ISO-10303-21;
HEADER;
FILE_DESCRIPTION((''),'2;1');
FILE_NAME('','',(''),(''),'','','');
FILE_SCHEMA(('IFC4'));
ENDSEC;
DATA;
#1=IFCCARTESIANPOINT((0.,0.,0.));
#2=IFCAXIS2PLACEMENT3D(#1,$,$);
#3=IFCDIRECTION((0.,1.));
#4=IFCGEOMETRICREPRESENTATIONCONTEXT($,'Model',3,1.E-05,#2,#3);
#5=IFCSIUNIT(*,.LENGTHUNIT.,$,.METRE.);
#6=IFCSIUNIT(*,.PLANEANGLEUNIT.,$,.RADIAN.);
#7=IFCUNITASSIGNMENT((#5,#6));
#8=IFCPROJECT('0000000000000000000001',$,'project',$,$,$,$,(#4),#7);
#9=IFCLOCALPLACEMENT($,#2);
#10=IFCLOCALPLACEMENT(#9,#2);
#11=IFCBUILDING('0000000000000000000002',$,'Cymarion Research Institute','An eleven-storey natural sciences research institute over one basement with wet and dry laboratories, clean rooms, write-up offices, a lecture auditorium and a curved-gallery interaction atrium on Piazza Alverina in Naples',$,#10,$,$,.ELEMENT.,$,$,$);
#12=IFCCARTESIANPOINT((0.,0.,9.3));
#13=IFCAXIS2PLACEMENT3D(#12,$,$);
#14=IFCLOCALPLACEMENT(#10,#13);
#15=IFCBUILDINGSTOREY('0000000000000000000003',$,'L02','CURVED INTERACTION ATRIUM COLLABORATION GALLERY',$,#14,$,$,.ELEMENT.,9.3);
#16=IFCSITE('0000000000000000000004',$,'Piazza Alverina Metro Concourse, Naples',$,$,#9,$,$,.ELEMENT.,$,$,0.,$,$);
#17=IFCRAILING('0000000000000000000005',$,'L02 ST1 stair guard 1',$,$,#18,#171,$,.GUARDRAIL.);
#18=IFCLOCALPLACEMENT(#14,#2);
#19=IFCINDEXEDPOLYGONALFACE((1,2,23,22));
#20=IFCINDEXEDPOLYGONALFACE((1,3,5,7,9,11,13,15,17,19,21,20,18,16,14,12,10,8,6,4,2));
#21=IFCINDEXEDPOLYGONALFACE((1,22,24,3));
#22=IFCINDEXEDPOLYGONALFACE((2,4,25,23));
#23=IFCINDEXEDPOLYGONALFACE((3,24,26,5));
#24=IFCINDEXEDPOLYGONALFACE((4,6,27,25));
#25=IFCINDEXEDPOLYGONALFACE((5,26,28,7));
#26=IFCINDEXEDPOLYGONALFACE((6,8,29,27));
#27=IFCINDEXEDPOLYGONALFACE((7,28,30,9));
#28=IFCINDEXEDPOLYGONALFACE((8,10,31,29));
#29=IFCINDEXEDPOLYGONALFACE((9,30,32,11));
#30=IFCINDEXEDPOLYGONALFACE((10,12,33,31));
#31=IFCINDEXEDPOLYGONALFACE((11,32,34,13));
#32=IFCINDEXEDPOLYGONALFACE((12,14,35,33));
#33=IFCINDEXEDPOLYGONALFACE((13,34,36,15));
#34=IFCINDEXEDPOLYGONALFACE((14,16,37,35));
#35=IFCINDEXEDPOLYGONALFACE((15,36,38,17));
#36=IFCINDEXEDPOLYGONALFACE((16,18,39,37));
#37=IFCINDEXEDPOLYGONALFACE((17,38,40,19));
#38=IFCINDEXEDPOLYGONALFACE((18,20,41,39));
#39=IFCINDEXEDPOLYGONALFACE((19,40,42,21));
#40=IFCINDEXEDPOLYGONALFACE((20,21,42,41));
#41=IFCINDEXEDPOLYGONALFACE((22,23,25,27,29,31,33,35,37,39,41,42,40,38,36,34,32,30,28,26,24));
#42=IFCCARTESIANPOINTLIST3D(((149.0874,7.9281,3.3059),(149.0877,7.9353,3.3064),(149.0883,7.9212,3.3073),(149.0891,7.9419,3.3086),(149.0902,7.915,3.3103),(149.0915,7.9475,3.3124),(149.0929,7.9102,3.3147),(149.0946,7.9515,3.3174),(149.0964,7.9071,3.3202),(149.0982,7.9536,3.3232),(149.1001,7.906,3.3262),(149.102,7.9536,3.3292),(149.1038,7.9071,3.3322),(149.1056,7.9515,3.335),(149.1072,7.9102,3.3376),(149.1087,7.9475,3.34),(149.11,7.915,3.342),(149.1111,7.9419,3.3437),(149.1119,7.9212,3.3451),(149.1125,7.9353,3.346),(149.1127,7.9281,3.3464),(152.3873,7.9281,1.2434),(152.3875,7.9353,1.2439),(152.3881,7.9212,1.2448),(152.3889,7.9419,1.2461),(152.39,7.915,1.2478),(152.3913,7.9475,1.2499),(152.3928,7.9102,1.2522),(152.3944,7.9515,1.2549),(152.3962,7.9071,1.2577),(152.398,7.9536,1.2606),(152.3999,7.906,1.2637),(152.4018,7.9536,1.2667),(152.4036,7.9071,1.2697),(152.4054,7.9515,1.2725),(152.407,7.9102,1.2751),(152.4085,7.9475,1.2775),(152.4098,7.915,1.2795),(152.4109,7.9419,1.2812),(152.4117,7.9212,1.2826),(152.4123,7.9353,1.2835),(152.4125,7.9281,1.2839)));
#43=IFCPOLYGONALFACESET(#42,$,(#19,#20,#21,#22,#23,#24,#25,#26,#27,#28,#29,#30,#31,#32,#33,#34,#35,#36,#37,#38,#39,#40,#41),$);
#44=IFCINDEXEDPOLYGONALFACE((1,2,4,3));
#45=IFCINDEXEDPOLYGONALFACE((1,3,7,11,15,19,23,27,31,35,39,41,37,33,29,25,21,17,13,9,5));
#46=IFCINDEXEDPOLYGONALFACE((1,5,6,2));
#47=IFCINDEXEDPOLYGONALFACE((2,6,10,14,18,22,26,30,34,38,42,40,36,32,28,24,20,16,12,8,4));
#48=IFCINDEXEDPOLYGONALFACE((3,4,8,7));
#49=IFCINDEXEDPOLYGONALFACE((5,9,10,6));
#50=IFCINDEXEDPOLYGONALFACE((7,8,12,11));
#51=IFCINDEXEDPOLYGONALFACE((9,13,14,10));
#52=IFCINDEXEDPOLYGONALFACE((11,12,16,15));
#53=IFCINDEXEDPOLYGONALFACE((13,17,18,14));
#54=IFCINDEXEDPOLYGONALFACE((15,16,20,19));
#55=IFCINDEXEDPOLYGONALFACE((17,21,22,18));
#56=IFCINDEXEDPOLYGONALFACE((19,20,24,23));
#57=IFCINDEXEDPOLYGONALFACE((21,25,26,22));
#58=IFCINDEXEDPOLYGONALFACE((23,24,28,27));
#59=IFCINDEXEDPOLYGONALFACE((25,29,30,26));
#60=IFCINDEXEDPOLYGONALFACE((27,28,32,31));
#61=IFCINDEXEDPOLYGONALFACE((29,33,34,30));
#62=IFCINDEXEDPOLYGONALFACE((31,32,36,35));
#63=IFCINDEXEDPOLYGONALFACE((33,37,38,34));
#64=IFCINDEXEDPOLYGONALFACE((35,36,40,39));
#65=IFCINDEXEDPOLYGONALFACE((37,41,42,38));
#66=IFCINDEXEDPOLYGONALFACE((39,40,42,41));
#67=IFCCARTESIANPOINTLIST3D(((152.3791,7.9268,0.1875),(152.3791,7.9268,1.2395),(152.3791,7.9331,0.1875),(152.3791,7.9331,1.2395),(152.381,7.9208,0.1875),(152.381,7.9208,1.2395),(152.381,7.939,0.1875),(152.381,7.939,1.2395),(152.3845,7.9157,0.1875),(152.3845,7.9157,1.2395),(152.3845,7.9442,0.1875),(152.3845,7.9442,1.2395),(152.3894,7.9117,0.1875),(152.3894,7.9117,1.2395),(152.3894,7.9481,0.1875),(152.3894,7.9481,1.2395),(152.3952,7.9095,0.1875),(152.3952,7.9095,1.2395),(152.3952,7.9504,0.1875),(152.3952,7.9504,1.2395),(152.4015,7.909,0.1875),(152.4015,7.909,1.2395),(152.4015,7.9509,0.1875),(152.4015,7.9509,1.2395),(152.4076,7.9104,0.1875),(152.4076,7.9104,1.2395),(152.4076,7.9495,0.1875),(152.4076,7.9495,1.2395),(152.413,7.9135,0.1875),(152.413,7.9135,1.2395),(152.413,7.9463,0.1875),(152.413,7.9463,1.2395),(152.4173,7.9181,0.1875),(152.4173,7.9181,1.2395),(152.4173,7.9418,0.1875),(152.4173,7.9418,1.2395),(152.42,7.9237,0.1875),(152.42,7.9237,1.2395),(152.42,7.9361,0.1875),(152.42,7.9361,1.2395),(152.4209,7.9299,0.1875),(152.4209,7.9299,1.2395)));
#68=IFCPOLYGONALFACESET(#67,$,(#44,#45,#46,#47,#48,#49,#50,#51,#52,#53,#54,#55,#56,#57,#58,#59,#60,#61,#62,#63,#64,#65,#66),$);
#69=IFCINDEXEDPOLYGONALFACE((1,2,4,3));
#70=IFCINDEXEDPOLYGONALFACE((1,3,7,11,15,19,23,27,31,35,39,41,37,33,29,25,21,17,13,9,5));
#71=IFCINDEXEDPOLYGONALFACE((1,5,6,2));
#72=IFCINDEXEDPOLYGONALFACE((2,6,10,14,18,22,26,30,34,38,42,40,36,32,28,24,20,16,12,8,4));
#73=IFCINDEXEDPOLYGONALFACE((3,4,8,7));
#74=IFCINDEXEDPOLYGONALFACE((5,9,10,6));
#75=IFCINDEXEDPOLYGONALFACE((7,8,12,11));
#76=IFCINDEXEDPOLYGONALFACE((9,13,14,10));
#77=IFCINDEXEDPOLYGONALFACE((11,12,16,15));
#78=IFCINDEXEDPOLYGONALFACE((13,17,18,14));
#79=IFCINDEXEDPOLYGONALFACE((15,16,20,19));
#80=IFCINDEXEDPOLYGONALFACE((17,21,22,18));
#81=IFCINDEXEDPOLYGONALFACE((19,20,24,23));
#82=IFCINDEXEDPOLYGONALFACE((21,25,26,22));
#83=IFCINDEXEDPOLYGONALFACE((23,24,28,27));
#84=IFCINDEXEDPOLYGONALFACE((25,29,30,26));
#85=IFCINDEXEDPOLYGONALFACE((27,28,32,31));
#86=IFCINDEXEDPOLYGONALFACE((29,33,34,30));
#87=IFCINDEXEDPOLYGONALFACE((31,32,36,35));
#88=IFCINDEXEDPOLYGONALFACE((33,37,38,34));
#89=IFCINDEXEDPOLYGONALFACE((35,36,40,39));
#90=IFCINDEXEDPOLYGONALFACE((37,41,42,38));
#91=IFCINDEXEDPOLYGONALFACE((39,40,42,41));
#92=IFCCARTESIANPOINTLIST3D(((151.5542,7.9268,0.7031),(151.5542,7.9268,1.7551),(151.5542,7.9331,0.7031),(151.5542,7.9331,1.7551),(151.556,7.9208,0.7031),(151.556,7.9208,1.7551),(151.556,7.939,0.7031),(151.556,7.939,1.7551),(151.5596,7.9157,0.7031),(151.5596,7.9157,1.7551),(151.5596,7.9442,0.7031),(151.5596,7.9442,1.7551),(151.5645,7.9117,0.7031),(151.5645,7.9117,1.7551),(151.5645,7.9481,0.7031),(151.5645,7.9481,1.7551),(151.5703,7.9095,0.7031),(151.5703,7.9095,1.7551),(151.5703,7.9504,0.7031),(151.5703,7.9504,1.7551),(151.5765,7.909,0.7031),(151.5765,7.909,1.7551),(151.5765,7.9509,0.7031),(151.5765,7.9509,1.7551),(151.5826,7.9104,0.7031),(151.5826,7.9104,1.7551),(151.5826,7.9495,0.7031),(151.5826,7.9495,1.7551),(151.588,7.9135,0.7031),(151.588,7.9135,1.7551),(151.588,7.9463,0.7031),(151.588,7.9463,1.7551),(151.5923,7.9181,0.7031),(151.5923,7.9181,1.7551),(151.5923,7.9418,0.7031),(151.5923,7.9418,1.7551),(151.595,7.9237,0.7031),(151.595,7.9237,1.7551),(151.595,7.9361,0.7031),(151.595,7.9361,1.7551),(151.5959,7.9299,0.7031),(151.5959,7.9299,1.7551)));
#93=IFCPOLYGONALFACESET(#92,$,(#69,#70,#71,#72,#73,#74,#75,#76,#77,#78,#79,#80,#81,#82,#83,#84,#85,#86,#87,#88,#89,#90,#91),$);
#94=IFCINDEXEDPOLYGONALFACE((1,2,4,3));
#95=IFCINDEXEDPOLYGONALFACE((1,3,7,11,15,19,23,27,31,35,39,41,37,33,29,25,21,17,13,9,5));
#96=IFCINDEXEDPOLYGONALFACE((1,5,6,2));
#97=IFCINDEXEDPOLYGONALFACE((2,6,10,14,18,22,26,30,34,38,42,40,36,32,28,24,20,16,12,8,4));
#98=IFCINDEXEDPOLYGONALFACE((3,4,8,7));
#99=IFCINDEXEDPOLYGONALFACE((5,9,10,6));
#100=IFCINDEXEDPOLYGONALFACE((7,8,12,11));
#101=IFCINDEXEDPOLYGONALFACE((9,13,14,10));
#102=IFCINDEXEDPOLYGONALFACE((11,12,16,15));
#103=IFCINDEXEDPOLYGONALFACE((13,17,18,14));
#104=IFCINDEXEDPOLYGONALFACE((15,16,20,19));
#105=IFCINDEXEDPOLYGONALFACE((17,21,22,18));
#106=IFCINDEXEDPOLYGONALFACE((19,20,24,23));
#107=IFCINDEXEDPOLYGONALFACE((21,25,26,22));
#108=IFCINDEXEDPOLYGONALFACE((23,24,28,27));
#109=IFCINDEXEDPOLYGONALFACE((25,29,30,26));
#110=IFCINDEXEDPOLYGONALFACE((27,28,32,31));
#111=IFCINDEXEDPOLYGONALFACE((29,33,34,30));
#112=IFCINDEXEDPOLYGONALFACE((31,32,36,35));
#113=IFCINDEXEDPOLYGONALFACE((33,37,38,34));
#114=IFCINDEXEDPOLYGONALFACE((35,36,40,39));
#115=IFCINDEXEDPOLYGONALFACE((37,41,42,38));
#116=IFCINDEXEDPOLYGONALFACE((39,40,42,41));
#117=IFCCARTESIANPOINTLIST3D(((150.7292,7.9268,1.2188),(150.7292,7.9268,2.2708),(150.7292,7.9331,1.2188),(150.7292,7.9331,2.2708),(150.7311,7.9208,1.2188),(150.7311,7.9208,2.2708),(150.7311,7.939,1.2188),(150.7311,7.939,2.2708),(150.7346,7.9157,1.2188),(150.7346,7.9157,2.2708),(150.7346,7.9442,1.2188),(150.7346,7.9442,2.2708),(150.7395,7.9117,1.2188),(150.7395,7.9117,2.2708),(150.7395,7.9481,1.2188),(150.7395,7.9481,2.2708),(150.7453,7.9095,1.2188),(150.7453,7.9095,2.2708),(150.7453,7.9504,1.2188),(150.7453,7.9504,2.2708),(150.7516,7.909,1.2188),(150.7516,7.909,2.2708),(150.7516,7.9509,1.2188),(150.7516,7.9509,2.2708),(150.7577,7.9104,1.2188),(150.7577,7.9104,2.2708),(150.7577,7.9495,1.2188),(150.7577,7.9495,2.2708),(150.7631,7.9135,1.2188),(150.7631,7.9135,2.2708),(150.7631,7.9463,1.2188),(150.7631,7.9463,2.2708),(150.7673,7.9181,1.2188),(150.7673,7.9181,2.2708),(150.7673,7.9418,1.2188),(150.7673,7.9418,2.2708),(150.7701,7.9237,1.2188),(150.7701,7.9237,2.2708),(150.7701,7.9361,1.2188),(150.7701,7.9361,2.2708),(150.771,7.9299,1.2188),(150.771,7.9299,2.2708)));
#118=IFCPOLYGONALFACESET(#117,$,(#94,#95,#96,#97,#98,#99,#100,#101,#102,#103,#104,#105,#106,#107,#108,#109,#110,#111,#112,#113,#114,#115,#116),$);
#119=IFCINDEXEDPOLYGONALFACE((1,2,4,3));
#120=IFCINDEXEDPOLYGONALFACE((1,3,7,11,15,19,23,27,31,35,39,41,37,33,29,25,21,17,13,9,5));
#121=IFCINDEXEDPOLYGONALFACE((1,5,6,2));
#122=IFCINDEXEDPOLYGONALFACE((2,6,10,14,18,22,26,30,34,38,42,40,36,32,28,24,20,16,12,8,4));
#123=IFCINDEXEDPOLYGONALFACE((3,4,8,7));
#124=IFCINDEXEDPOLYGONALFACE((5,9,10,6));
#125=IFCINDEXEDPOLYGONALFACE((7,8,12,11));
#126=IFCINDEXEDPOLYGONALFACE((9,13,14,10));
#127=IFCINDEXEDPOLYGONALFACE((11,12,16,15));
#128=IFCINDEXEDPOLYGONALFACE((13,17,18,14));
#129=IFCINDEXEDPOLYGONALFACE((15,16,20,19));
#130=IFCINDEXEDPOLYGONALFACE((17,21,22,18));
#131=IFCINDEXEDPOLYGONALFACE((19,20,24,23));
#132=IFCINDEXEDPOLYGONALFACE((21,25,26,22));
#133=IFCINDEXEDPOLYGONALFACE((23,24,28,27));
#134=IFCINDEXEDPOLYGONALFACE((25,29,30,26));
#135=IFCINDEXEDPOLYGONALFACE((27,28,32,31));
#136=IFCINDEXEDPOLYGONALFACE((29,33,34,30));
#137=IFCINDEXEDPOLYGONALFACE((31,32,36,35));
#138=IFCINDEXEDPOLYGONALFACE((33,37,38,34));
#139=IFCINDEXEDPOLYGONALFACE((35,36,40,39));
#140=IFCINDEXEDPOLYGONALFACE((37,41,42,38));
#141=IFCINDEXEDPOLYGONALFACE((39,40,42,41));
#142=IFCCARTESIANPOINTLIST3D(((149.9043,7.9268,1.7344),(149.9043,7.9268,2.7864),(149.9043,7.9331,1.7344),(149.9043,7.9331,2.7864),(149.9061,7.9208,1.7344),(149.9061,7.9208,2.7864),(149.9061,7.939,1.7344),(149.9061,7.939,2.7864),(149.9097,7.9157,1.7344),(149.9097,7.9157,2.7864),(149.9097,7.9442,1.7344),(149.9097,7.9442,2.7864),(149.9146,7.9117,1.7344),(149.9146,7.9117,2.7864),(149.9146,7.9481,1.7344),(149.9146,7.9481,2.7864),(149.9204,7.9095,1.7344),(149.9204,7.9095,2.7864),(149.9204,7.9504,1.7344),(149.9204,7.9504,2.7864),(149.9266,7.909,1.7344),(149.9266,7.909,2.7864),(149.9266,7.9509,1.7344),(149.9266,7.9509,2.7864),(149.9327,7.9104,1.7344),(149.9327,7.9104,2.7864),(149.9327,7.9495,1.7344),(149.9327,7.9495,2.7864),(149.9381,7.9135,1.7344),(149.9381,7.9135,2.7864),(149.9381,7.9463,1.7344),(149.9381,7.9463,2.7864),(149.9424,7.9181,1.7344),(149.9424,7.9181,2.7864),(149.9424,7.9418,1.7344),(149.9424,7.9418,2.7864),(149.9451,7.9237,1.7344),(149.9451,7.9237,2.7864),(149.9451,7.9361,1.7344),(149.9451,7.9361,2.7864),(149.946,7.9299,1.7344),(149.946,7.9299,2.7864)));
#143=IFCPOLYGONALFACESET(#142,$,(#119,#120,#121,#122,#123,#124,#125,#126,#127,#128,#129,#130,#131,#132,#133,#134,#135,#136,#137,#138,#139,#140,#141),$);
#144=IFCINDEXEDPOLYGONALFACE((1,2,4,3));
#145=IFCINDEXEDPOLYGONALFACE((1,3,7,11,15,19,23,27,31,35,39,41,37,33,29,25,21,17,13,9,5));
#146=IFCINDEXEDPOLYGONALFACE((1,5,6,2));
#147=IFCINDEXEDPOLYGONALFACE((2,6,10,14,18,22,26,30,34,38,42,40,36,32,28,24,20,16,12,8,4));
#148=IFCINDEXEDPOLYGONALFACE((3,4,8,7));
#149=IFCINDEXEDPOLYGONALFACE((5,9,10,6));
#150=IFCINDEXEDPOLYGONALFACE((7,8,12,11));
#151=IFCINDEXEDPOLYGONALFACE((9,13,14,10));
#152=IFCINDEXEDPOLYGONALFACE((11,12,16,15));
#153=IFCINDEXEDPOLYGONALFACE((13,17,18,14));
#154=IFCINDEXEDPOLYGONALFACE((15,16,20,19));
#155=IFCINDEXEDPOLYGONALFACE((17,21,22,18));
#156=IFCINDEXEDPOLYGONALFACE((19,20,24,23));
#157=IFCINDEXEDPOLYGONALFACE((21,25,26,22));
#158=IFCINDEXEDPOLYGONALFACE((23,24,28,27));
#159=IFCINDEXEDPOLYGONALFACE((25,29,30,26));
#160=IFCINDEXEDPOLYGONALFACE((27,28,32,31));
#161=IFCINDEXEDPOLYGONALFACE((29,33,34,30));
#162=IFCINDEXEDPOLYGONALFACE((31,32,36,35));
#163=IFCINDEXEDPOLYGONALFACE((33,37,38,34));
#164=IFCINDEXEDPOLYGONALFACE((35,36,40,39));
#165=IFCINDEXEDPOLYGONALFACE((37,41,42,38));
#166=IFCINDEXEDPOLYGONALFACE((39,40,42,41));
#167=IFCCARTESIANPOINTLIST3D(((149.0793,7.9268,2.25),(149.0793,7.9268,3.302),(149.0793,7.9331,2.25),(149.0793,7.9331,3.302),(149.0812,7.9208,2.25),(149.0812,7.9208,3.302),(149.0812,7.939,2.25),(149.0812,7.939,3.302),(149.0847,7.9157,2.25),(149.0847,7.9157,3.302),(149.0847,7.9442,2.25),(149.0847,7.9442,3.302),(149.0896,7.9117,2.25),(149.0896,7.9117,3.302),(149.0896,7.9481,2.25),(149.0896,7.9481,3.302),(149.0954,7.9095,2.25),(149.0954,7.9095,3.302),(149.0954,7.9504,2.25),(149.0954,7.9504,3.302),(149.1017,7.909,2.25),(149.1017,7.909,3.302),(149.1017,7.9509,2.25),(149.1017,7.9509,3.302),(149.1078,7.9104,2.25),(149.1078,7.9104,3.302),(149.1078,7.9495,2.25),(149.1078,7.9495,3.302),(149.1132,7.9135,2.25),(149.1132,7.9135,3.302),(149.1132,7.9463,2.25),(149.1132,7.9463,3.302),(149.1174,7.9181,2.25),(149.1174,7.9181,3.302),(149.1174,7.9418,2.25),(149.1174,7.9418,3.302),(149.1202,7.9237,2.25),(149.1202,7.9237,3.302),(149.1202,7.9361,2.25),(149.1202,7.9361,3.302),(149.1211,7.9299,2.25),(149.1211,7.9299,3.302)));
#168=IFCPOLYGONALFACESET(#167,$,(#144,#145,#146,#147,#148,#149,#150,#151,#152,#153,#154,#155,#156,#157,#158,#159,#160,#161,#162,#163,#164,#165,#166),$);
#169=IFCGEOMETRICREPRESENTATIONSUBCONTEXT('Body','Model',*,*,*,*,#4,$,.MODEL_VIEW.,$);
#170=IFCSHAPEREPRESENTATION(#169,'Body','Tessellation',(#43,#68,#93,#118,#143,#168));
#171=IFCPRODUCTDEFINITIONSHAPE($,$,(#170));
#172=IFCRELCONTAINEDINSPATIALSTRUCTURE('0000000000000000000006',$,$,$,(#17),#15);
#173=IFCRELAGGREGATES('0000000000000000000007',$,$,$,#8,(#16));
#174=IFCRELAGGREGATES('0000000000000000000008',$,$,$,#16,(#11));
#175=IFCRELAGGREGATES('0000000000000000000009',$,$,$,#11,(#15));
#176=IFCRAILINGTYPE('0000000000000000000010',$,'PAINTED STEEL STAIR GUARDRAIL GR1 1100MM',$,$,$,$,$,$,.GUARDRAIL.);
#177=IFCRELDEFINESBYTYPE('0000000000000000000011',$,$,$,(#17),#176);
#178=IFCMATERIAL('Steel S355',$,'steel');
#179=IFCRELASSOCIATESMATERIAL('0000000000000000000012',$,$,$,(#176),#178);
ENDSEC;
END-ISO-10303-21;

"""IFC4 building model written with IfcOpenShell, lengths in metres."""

from ifc_helpers import new_model, si_unit, direction, frame, origin, origin_2d, place, context, subcontext, project, spatial, circle, extrude, material, type_object, element, save


model = new_model("IFC4")

# Units and contexts
model_context = context("Model", 3, precision=1e-05, world=origin(), true_north=direction((0.0, 1.0)))
body_context = subcontext(model_context, "Body", "Model", "MODEL_VIEW")
ifc_project = project(units=[si_unit("LENGTHUNIT", "METRE"), si_unit("PLANEANGLEUNIT", "RADIAN")], contexts=[model_context])

# Site, building, storey
site_placement = place(None, origin())
site = spatial("IfcSite", under=ifc_project, at=site_placement, Name="Piazza Alverina Metro Concourse, Naples", CompositionType="ELEMENT", RefElevation=0.0)
building_placement = place(site_placement, origin())
building = spatial("IfcBuilding", under=site, at=building_placement, Name="Cymarion Research Institute", Description="An eleven-storey natural sciences research institute over one basement with wet and dry laboratories, clean rooms, write-up offices, a lecture auditorium and a curved-gallery interaction atrium on Piazza Alverina in Naples", CompositionType="ELEMENT")
storey_placement = place(building_placement, frame((0.0, 0.0, 9.3)))
storey = spatial("IfcBuildingStorey", under=building, at=storey_placement, Name="L02", Description="CURVED INTERACTION ATRIUM COLLABORATION GALLERY", CompositionType="ELEMENT", Elevation=9.3)

# Shared definitions
ifc_material_1 = material(Name="Steel S355", Category="steel")

# Railing
railing_type_1 = type_object("IfcRailingType", Name="PAINTED STEEL STAIR GUARDRAIL GR1 1100MM", PredefinedType="GUARDRAIL", material=ifc_material_1)
railing_1_placement = place(storey_placement, frame((152.3999, 7.9299, 0.1875)))
element("IfcRailing", 1, at=railing_1_placement, inside=storey, type_object=railing_type_1, Name="L02 ST1 stair guard 1", PredefinedType="GUARDRAIL", context=body_context, shape_type="SweptSolid", body=[
    extrude(circle(Radius=0.0239, at=origin_2d()), frame((0.0, 0.0, 1.0762), z_axis=(-0.847984, 0.0, 0.530021), x_axis=(0.0, -1.0, 0.0)), (0.0, 0.0, 1.0), 3.8914),
    extrude(circle(Radius=0.021, at=origin_2d()), origin(), (0.0, 0.0, 1.0), 1.052),
    extrude(circle(Radius=0.021, at=origin_2d()), frame((-0.825, 0.0, 0.5156)), (0.0, 0.0, 1.0), 1.052),
    extrude(circle(Radius=0.021, at=origin_2d()), frame((-1.6499, 0.0, 1.0312)), (0.0, 0.0, 1.0), 1.052),
    extrude(circle(Radius=0.021, at=origin_2d()), frame((-2.4749, 0.0, 1.5469)), (0.0, 0.0, 1.0), 1.052),
    extrude(circle(Radius=0.021, at=origin_2d()), frame((-3.2998, 0.0, 2.0625)), (0.0, 0.0, 1.0), 1.052),
])

save(model, "model.ifc")
